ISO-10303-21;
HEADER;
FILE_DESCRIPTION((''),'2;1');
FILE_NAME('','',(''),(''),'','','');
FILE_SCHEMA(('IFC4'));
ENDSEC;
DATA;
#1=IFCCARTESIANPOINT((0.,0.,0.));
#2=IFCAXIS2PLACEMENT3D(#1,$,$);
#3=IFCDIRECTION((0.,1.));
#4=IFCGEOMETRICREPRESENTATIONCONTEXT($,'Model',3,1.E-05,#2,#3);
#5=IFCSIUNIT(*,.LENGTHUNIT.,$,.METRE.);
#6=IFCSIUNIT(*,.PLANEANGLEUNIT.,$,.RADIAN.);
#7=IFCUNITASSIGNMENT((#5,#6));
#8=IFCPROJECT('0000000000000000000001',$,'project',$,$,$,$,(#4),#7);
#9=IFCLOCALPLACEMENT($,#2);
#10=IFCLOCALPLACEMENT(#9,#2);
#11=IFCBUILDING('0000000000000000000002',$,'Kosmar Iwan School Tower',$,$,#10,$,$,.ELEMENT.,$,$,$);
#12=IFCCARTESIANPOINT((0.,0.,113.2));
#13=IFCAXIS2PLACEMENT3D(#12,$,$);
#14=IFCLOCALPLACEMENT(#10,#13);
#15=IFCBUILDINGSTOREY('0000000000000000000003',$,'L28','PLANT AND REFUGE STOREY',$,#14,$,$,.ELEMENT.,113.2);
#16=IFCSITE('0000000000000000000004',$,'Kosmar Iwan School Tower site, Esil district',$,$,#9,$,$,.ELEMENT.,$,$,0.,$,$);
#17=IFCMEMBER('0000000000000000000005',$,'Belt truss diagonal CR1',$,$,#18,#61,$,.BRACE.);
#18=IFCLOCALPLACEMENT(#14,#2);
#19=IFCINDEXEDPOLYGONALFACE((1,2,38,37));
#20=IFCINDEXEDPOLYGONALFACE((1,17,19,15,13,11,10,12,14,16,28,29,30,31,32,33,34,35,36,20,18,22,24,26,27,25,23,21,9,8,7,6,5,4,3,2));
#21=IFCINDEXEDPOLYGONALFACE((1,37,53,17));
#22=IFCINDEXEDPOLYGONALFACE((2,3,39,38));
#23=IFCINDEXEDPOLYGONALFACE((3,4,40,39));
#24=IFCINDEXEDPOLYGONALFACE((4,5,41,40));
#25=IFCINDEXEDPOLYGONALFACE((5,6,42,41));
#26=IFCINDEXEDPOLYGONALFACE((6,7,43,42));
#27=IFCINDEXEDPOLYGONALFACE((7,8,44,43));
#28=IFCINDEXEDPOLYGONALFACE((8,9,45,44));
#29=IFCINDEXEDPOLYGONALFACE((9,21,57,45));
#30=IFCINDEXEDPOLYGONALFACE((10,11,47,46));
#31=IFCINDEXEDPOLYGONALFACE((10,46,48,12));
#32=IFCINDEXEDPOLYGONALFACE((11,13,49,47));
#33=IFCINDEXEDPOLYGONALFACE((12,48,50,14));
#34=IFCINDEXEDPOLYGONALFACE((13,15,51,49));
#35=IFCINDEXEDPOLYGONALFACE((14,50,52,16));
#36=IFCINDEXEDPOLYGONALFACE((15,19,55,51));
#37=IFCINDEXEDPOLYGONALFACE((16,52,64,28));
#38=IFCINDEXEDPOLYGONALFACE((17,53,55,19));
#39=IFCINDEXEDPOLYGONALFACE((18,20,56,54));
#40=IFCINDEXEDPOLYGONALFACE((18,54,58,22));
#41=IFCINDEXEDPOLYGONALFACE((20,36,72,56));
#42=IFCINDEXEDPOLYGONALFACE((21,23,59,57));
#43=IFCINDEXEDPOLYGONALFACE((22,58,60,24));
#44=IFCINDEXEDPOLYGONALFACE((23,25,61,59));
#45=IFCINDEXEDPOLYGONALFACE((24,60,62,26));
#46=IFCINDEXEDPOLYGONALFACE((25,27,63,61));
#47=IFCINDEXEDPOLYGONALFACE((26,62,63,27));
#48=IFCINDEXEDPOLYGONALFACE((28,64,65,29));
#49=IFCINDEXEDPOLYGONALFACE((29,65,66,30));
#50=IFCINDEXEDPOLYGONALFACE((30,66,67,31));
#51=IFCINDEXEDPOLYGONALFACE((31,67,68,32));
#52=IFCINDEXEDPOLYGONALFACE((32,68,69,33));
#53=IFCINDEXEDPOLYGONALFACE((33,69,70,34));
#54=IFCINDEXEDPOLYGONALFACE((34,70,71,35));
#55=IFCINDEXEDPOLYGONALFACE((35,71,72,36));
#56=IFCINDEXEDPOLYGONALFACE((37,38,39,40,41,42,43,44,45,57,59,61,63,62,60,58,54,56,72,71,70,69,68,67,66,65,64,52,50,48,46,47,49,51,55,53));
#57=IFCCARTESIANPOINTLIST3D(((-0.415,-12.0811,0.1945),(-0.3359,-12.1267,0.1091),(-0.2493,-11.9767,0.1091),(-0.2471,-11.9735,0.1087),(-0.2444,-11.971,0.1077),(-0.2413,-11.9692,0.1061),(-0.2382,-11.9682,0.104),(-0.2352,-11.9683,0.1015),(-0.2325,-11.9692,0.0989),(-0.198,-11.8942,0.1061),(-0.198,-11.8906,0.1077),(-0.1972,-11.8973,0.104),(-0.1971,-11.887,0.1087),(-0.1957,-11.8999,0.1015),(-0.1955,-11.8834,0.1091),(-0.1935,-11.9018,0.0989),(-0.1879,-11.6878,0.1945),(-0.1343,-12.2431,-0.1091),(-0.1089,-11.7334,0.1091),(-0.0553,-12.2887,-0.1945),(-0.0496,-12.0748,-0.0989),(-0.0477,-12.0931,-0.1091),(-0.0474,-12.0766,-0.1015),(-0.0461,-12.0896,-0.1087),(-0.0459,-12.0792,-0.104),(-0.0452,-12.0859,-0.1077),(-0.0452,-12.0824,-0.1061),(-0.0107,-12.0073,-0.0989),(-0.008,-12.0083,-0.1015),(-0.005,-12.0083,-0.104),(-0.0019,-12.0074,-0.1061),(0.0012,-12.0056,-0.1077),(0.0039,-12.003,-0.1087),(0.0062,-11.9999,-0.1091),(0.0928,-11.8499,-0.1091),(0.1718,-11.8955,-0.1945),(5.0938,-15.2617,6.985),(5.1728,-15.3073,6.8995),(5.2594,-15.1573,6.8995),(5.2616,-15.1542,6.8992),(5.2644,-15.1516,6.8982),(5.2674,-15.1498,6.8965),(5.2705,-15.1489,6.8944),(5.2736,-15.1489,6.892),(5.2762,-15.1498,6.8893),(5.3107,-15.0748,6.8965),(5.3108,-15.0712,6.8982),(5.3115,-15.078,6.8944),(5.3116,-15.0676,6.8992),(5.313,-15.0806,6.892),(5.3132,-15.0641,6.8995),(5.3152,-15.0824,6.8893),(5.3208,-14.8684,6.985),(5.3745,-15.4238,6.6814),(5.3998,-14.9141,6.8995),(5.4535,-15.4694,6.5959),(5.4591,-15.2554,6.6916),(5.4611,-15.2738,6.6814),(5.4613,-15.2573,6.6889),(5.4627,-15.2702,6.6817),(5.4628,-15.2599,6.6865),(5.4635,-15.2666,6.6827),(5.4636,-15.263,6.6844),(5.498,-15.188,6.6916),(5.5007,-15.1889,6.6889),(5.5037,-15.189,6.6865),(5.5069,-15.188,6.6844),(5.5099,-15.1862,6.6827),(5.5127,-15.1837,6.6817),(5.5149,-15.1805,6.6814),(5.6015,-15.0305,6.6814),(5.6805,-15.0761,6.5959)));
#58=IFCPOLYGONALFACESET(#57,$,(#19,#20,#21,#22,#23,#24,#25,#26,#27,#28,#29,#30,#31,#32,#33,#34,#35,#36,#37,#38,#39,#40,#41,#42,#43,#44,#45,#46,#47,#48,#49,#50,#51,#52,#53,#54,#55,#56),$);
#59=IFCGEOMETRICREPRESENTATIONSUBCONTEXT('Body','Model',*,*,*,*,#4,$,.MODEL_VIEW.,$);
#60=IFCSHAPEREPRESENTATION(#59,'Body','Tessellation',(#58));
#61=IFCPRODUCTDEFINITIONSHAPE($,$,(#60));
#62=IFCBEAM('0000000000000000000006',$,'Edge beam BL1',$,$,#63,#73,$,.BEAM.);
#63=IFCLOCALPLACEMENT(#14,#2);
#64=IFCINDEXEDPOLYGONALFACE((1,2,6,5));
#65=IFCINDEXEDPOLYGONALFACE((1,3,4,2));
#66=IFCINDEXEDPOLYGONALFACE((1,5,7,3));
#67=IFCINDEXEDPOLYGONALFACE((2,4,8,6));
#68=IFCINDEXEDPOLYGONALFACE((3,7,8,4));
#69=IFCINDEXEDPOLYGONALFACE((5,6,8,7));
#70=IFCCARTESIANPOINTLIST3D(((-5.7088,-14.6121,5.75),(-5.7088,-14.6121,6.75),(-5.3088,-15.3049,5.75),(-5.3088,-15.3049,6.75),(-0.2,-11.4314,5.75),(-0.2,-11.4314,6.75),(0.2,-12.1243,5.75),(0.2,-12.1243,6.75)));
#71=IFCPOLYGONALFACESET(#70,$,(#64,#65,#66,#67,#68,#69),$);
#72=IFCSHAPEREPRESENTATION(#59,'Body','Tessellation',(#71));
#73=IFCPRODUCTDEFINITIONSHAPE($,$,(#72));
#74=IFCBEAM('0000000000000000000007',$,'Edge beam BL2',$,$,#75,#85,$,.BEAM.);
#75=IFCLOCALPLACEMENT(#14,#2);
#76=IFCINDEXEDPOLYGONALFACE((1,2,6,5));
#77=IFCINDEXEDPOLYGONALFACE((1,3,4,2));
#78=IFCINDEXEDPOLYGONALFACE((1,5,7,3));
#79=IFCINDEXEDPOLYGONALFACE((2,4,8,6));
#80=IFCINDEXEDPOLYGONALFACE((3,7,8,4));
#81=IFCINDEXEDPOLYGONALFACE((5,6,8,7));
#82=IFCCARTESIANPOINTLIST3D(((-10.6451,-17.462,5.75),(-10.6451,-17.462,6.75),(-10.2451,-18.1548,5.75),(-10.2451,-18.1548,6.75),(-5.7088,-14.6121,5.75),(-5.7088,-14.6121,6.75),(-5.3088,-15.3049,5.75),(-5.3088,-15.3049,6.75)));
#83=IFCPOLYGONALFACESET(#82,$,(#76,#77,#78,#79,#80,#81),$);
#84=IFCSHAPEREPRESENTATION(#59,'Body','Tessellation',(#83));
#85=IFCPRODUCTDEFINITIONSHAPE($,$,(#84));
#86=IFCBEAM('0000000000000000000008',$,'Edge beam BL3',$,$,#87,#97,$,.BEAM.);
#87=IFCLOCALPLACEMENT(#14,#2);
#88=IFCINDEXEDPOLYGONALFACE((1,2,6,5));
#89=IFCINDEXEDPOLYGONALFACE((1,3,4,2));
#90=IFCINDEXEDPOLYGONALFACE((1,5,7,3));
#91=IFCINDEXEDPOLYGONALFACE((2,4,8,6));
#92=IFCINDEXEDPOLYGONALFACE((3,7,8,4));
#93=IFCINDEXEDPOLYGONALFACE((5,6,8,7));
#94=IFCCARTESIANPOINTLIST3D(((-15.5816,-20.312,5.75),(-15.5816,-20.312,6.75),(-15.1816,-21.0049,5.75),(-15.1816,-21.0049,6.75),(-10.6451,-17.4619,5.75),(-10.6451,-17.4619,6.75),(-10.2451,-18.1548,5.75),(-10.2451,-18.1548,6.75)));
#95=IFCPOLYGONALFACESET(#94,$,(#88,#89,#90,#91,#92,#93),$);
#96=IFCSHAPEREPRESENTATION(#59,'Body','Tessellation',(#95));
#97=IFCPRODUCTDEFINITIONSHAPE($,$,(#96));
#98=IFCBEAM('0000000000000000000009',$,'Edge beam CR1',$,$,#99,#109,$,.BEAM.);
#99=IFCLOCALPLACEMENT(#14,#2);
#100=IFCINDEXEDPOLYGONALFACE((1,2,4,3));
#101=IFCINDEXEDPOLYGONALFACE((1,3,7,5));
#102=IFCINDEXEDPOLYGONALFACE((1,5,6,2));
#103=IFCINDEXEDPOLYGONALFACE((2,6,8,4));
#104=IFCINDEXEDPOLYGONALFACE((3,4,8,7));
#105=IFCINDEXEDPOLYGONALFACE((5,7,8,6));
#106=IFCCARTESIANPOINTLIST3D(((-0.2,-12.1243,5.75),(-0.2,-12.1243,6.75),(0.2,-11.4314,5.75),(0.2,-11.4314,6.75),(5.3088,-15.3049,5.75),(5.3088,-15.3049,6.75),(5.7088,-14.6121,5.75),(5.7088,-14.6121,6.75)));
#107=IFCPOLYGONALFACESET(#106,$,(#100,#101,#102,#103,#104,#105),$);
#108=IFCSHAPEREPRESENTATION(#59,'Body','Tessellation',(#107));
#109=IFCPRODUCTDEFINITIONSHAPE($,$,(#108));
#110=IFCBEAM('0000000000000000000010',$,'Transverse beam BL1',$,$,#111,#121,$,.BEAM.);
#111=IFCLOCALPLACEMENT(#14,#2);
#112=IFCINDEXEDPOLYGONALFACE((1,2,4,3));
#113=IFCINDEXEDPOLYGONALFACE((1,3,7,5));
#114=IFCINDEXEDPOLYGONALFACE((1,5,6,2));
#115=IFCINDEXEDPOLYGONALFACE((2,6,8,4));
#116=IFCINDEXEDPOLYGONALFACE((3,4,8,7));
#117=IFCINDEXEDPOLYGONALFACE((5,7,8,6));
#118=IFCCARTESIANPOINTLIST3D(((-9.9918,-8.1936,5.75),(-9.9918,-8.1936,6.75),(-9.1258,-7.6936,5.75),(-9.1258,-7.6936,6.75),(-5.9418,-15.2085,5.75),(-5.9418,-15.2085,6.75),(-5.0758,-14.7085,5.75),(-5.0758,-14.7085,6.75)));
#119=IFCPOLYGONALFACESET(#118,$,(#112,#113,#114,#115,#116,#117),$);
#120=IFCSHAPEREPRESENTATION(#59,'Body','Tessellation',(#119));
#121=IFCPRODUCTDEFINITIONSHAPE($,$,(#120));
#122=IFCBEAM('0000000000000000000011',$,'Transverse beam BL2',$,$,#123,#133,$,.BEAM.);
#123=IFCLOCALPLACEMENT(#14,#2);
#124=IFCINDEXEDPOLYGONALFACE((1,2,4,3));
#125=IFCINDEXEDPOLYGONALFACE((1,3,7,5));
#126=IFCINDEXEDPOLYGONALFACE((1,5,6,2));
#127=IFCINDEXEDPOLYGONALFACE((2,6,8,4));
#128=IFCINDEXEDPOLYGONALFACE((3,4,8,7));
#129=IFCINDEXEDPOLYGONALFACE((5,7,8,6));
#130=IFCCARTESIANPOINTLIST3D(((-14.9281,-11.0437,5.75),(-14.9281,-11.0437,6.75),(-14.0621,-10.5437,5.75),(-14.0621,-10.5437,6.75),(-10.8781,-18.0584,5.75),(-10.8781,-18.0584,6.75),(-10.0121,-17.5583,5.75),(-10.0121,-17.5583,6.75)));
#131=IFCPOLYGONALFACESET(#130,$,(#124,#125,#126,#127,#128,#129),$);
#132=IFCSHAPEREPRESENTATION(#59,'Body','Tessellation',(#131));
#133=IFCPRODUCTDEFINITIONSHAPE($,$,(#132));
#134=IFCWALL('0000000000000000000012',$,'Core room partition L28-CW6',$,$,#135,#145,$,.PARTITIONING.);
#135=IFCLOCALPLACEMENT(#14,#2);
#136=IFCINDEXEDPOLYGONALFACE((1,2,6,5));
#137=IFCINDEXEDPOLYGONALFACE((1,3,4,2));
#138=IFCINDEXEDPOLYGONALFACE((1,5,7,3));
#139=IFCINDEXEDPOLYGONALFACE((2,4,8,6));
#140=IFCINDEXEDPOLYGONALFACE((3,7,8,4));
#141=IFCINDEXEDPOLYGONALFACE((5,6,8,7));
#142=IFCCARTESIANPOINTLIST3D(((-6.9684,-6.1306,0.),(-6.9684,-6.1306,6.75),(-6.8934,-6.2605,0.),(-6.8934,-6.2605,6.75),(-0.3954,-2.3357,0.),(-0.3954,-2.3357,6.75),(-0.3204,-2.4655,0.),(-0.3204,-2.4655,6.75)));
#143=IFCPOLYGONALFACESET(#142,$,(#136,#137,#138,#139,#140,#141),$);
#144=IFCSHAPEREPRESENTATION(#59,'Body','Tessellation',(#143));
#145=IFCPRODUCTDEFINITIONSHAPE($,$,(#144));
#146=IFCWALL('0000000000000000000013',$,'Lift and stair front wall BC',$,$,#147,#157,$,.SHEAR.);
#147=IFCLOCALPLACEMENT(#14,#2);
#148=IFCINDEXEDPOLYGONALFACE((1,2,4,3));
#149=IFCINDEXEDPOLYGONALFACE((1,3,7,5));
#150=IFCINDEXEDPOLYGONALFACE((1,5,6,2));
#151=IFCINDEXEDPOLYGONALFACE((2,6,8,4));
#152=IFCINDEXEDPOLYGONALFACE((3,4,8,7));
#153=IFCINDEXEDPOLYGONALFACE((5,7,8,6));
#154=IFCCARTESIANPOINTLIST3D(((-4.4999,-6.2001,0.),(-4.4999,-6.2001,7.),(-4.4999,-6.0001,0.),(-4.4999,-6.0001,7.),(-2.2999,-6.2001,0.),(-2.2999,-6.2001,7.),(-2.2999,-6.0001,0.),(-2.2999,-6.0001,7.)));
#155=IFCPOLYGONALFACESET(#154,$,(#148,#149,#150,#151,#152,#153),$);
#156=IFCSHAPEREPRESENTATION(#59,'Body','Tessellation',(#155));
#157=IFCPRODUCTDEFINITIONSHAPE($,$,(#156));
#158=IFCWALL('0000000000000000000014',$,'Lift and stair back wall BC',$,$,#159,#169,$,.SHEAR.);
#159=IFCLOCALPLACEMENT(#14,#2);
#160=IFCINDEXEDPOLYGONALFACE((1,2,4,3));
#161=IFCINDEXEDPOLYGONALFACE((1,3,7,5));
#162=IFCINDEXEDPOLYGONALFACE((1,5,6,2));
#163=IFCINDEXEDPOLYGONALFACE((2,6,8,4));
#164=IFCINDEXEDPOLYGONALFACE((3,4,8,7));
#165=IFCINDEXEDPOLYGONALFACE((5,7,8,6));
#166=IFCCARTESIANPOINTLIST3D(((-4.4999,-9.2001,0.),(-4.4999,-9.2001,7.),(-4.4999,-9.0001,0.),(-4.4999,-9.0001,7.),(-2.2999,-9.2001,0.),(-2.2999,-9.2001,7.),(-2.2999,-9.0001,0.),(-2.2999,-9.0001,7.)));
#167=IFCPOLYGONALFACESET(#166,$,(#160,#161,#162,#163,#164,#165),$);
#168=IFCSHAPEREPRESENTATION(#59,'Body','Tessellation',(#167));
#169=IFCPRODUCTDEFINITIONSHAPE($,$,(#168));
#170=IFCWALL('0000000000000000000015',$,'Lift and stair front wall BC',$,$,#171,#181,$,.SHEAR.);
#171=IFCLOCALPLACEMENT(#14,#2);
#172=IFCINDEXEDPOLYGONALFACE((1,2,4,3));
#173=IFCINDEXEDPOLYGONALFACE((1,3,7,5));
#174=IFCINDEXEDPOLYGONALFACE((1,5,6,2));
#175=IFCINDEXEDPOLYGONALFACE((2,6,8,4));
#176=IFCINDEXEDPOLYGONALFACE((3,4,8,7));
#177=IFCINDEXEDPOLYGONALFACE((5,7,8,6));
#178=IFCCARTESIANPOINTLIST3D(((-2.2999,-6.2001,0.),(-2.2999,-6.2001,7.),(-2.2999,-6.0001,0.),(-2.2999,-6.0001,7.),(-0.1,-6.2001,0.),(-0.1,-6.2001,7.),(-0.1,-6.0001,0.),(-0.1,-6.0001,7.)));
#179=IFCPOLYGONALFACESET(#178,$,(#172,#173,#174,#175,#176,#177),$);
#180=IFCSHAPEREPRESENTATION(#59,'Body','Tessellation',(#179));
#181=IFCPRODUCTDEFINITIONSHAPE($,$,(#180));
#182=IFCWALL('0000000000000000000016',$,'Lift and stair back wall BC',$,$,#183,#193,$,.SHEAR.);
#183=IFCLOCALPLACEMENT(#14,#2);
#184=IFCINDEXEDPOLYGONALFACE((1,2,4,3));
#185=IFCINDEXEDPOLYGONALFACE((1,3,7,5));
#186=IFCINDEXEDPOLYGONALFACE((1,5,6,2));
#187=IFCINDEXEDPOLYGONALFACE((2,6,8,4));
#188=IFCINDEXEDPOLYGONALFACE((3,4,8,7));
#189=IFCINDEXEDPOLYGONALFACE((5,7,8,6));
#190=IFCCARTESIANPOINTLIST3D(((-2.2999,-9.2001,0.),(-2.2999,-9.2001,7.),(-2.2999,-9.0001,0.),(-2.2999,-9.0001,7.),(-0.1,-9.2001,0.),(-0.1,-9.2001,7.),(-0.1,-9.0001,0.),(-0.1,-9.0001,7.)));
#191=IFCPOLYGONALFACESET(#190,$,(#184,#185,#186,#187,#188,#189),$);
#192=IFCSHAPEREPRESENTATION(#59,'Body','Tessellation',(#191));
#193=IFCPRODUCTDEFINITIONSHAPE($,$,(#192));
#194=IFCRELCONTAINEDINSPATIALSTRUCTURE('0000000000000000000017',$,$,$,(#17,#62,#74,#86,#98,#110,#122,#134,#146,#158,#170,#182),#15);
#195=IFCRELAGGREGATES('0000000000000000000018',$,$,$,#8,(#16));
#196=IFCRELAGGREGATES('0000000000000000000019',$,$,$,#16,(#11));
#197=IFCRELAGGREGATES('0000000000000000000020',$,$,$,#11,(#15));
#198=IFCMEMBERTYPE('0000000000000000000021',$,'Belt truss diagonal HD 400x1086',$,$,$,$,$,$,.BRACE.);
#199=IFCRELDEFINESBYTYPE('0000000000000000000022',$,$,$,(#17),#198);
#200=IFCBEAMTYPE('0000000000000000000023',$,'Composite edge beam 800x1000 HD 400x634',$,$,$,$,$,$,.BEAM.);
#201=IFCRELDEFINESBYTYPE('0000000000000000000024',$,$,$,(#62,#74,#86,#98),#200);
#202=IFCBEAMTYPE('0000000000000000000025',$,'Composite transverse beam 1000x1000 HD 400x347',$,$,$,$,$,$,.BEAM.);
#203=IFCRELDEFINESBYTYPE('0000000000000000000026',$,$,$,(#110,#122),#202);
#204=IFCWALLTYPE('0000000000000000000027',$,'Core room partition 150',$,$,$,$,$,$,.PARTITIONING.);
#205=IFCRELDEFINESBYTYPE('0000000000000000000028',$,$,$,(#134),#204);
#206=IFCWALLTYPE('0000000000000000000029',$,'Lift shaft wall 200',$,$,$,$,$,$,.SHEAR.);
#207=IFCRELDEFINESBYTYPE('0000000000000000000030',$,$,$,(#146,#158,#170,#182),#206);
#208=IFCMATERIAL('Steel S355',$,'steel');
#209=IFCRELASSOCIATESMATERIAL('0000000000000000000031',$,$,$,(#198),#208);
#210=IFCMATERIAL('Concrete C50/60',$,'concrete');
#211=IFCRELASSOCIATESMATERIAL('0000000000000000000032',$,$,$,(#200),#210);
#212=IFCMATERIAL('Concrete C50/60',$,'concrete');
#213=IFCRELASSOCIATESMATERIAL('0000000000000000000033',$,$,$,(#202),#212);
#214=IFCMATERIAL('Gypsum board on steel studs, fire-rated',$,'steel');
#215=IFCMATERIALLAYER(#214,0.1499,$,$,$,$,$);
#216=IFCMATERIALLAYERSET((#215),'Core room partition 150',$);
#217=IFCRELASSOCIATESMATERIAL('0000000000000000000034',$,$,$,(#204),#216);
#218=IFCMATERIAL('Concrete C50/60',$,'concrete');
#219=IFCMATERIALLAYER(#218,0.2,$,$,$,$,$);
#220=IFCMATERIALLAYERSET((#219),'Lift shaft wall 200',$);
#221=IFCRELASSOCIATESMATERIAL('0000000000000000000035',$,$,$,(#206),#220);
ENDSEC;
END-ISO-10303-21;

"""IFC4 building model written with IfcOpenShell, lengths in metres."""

from ifc_helpers import new_model, si_unit, direction, frame, frame_2d, origin, origin_2d, place, context, subcontext, project, spatial, rectangle, i_section, extrude, material, layer, layer_set, material_profile, profile_set, type_object, element, save


model = new_model("IFC4")

# Units and contexts
model_context = context("Model", 3, precision=1e-05, world=origin(), true_north=direction((0.0, 1.0)))
body_context = subcontext(model_context, "Body", "Model", "MODEL_VIEW")
ifc_project = project(units=[si_unit("LENGTHUNIT", "METRE"), si_unit("PLANEANGLEUNIT", "RADIAN")], contexts=[model_context])

# Site, building, storey
site_placement = place(None, origin())
site = spatial("IfcSite", under=ifc_project, at=site_placement, Name="Kosmar Iwan School Tower site, Esil district", CompositionType="ELEMENT", RefElevation=0.0)
building_placement = place(site_placement, origin())
building = spatial("IfcBuilding", under=site, at=building_placement, Name="Kosmar Iwan School Tower", CompositionType="ELEMENT")
storey_placement = place(building_placement, frame((0.0, 0.0, 113.2)))
storey = spatial("IfcBuildingStorey", under=building, at=storey_placement, Name="L28", Description="PLANT AND REFUGE STOREY", CompositionType="ELEMENT", Elevation=113.2)

# Member
ifc_material_1 = material(Name="Steel S355", Category="steel")
ifc_material_profile_1 = material_profile(ifc_material_1, i_section(OverallWidth=0.4541, OverallDepth=0.5691, WebThickness=0.0779, FlangeThickness=0.125, FilletRadius=0.0149, at=origin_2d()), Name="HD 400x1086")
ifc_profile_set_1 = profile_set([ifc_material_profile_1], Name="Steel S355")
member_type = type_object("IfcMemberType", Name="Belt truss diagonal HD 400x1086", PredefinedType="BRACE", material=ifc_profile_set_1)
member_placement = place(storey_placement, frame((-0.1216, -11.9883, 0.0), z_axis=(0.592053, -0.34184, 0.729807), x_axis=(0.500019, 0.866014, 0.0)))
element("IfcMember", 1, at=member_placement, inside=storey, type_object=member_type, Name="Belt truss diagonal CR1", PredefinedType="BRACE", context=body_context, shape_type="SweptSolid", body=[
    extrude(i_section(OverallWidth=0.4541, OverallDepth=0.5691, WebThickness=0.0779, FlangeThickness=0.125, FilletRadius=0.0149, at=origin_2d()), origin(), (0.0, 0.0, 1.0), 9.3044),
])

# Beams
ifc_material_2 = material(Name="Concrete C50/60", Category="concrete")
ifc_material_profile_2 = material_profile(ifc_material_2, rectangle(XDim=0.8, YDim=1.0, at=origin_2d()), Name="RC 800x1000 + HD 400x634")
ifc_profile_set_2 = profile_set([ifc_material_profile_2], Name="Concrete C50/60")
beam_type_1 = type_object("IfcBeamType", Name="Composite edge beam 800x1000 HD 400x634", PredefinedType="BEAM", material=ifc_profile_set_2)
beam_1_placement = place(storey_placement, frame((0.0, -11.7778, 6.25), z_axis=(-0.866014, -0.500019, 0.0), x_axis=(0.500019, -0.866014, 0.0)))
element("IfcBeam", 2, at=beam_1_placement, inside=storey, type_object=beam_type_1, Name="Edge beam BL1", PredefinedType="BEAM", context=body_context, shape_type="SweptSolid", body=[
    extrude(rectangle(XDim=0.8, YDim=1.0, at=origin_2d()), origin(), (0.0, 0.0, 1.0), 6.3611),
])
beam_2_placement = place(storey_placement, frame((-5.5088, -14.9585, 6.25), z_axis=(-0.866034, -0.499986, 0.0), x_axis=(0.499986, -0.866034, 0.0)))
element("IfcBeam", 3, at=beam_2_placement, inside=storey, type_object=beam_type_1, Name="Edge beam BL2", PredefinedType="BEAM", context=body_context, shape_type="SweptSolid", body=[
    extrude(rectangle(XDim=0.8, YDim=1.0, at=origin_2d()), origin(), (0.0, 0.0, 1.0), 5.7),
])
beam_3_placement = place(storey_placement, frame((-10.4451, -17.8083, 6.25), z_axis=(-0.866026, -0.499999, 0.0), x_axis=(0.499999, -0.866026, 0.0)))
element("IfcBeam", 4, at=beam_3_placement, inside=storey, type_object=beam_type_1, Name="Edge beam BL3", PredefinedType="BEAM", context=body_context, shape_type="SweptSolid", body=[
    extrude(rectangle(XDim=0.8, YDim=1.0, at=origin_2d()), origin(), (0.0, 0.0, 1.0), 5.7002),
])
beam_4_placement = place(storey_placement, frame((0.0, -11.7778, 6.25), z_axis=(0.866014, -0.500019, 0.0), x_axis=(0.500019, 0.866014, 0.0)))
element("IfcBeam", 5, at=beam_4_placement, inside=storey, type_object=beam_type_1, Name="Edge beam CR1", PredefinedType="BEAM", context=body_context, shape_type="SweptSolid", body=[
    extrude(rectangle(XDim=0.8, YDim=1.0, at=origin_2d()), origin(), (0.0, 0.0, 1.0), 6.3611),
])
ifc_material_3 = material(Name="Concrete C50/60", Category="concrete")
ifc_material_profile_3 = material_profile(ifc_material_3, rectangle(XDim=1.0, YDim=1.0, at=origin_2d()), Name="RC 1000x1000 + HD 400x347")
ifc_profile_set_3 = profile_set([ifc_material_profile_3], Name="Concrete C50/60")
beam_type_2 = type_object("IfcBeamType", Name="Composite transverse beam 1000x1000 HD 400x347", PredefinedType="BEAM", material=ifc_profile_set_3)
beam_5_placement = place(storey_placement, frame((-5.5088, -14.9585, 6.25), z_axis=(-0.5, 0.866025, 0.0), x_axis=(-0.866025, -0.5, 0.0)))
element("IfcBeam", 6, at=beam_5_placement, inside=storey, type_object=beam_type_2, Name="Transverse beam BL1", PredefinedType="BEAM", context=body_context, shape_type="SweptSolid", body=[
    extrude(rectangle(XDim=1.0, YDim=1.0, at=origin_2d()), origin(), (0.0, 0.0, 1.0), 8.1001),
])
beam_6_placement = place(storey_placement, frame((-10.4451, -17.8083, 6.25), z_axis=(-0.500013, 0.866018, 0.0), x_axis=(-0.866018, -0.500013, 0.0)))
element("IfcBeam", 7, at=beam_6_placement, inside=storey, type_object=beam_type_2, Name="Transverse beam BL2", PredefinedType="BEAM", context=body_context, shape_type="SweptSolid", body=[
    extrude(rectangle(XDim=1.0, YDim=1.0, at=origin_2d()), origin(), (0.0, 0.0, 1.0), 8.0999),
])

# Wall
ifc_material_4 = material(Name="Gypsum board on steel studs, fire-rated", Category="steel")
ifc_layer_1 = layer(ifc_material_4, 0.1499)
ifc_layer_set_1 = layer_set([ifc_layer_1], Name="Core room partition 150")
wall_type_1 = type_object("IfcWallType", Name="Core room partition 150", PredefinedType="PARTITIONING", material=ifc_layer_set_1)
wall_1_placement = place(storey_placement, frame((-6.9309, -6.1956, 0.0), z_axis=(0.0, 0.0, 1.0), x_axis=(0.866025, 0.5, 0.0)))
element("IfcWall", 8, at=wall_1_placement, inside=storey, type_object=wall_type_1, Name="Core room partition L28-CW6", PredefinedType="PARTITIONING", context=body_context, shape_type="SweptSolid", body=[
    extrude(rectangle(XDim=7.5898, YDim=0.1499, at=frame_2d((3.7949, 0.0))), origin(), (0.0, 0.0, 1.0), 6.75),
])

# Walls
ifc_material_5 = material(Name="Concrete C50/60", Category="concrete")
ifc_layer_2 = layer(ifc_material_5, 0.2)
ifc_layer_set_2 = layer_set([ifc_layer_2], Name="Lift shaft wall 200")
wall_type_2 = type_object("IfcWallType", Name="Lift shaft wall 200", PredefinedType="SHEAR", material=ifc_layer_set_2)
for number, where, z_axis, x_axis, name in (
    (9, (-4.5, -6.1001, 0.0), (0.0, 0.0, 1.0), (1.0, 0.0, 0.0), "Lift and stair front wall BC"),
    (10, (-4.5, -9.1001, 0.0), (0.0, 0.0, 1.0), (1.0, 0.0, 0.0), "Lift and stair back wall BC"),
    (11, (-2.3, -6.1001, 0.0), (0.0, 0.0, 1.0), (1.0, 0.0, 0.0), "Lift and stair front wall BC"),
    (12, (-2.3, -9.1001, 0.0), (0.0, 0.0, 1.0), (1.0, 0.0, 0.0), "Lift and stair back wall BC"),
):
    element("IfcWall", number, at=place(storey_placement, frame(where, z_axis=z_axis, x_axis=x_axis)), inside=storey, type_object=wall_type_2, Name=name, PredefinedType="SHEAR", context=body_context, shape_type="SweptSolid", body=[
        extrude(rectangle(XDim=2.2, YDim=0.2, at=frame_2d((1.1001, 0.0))), origin(), (0.0, 0.0, 1.0), 7.0),
    ])

save(model, "model.ifc")
